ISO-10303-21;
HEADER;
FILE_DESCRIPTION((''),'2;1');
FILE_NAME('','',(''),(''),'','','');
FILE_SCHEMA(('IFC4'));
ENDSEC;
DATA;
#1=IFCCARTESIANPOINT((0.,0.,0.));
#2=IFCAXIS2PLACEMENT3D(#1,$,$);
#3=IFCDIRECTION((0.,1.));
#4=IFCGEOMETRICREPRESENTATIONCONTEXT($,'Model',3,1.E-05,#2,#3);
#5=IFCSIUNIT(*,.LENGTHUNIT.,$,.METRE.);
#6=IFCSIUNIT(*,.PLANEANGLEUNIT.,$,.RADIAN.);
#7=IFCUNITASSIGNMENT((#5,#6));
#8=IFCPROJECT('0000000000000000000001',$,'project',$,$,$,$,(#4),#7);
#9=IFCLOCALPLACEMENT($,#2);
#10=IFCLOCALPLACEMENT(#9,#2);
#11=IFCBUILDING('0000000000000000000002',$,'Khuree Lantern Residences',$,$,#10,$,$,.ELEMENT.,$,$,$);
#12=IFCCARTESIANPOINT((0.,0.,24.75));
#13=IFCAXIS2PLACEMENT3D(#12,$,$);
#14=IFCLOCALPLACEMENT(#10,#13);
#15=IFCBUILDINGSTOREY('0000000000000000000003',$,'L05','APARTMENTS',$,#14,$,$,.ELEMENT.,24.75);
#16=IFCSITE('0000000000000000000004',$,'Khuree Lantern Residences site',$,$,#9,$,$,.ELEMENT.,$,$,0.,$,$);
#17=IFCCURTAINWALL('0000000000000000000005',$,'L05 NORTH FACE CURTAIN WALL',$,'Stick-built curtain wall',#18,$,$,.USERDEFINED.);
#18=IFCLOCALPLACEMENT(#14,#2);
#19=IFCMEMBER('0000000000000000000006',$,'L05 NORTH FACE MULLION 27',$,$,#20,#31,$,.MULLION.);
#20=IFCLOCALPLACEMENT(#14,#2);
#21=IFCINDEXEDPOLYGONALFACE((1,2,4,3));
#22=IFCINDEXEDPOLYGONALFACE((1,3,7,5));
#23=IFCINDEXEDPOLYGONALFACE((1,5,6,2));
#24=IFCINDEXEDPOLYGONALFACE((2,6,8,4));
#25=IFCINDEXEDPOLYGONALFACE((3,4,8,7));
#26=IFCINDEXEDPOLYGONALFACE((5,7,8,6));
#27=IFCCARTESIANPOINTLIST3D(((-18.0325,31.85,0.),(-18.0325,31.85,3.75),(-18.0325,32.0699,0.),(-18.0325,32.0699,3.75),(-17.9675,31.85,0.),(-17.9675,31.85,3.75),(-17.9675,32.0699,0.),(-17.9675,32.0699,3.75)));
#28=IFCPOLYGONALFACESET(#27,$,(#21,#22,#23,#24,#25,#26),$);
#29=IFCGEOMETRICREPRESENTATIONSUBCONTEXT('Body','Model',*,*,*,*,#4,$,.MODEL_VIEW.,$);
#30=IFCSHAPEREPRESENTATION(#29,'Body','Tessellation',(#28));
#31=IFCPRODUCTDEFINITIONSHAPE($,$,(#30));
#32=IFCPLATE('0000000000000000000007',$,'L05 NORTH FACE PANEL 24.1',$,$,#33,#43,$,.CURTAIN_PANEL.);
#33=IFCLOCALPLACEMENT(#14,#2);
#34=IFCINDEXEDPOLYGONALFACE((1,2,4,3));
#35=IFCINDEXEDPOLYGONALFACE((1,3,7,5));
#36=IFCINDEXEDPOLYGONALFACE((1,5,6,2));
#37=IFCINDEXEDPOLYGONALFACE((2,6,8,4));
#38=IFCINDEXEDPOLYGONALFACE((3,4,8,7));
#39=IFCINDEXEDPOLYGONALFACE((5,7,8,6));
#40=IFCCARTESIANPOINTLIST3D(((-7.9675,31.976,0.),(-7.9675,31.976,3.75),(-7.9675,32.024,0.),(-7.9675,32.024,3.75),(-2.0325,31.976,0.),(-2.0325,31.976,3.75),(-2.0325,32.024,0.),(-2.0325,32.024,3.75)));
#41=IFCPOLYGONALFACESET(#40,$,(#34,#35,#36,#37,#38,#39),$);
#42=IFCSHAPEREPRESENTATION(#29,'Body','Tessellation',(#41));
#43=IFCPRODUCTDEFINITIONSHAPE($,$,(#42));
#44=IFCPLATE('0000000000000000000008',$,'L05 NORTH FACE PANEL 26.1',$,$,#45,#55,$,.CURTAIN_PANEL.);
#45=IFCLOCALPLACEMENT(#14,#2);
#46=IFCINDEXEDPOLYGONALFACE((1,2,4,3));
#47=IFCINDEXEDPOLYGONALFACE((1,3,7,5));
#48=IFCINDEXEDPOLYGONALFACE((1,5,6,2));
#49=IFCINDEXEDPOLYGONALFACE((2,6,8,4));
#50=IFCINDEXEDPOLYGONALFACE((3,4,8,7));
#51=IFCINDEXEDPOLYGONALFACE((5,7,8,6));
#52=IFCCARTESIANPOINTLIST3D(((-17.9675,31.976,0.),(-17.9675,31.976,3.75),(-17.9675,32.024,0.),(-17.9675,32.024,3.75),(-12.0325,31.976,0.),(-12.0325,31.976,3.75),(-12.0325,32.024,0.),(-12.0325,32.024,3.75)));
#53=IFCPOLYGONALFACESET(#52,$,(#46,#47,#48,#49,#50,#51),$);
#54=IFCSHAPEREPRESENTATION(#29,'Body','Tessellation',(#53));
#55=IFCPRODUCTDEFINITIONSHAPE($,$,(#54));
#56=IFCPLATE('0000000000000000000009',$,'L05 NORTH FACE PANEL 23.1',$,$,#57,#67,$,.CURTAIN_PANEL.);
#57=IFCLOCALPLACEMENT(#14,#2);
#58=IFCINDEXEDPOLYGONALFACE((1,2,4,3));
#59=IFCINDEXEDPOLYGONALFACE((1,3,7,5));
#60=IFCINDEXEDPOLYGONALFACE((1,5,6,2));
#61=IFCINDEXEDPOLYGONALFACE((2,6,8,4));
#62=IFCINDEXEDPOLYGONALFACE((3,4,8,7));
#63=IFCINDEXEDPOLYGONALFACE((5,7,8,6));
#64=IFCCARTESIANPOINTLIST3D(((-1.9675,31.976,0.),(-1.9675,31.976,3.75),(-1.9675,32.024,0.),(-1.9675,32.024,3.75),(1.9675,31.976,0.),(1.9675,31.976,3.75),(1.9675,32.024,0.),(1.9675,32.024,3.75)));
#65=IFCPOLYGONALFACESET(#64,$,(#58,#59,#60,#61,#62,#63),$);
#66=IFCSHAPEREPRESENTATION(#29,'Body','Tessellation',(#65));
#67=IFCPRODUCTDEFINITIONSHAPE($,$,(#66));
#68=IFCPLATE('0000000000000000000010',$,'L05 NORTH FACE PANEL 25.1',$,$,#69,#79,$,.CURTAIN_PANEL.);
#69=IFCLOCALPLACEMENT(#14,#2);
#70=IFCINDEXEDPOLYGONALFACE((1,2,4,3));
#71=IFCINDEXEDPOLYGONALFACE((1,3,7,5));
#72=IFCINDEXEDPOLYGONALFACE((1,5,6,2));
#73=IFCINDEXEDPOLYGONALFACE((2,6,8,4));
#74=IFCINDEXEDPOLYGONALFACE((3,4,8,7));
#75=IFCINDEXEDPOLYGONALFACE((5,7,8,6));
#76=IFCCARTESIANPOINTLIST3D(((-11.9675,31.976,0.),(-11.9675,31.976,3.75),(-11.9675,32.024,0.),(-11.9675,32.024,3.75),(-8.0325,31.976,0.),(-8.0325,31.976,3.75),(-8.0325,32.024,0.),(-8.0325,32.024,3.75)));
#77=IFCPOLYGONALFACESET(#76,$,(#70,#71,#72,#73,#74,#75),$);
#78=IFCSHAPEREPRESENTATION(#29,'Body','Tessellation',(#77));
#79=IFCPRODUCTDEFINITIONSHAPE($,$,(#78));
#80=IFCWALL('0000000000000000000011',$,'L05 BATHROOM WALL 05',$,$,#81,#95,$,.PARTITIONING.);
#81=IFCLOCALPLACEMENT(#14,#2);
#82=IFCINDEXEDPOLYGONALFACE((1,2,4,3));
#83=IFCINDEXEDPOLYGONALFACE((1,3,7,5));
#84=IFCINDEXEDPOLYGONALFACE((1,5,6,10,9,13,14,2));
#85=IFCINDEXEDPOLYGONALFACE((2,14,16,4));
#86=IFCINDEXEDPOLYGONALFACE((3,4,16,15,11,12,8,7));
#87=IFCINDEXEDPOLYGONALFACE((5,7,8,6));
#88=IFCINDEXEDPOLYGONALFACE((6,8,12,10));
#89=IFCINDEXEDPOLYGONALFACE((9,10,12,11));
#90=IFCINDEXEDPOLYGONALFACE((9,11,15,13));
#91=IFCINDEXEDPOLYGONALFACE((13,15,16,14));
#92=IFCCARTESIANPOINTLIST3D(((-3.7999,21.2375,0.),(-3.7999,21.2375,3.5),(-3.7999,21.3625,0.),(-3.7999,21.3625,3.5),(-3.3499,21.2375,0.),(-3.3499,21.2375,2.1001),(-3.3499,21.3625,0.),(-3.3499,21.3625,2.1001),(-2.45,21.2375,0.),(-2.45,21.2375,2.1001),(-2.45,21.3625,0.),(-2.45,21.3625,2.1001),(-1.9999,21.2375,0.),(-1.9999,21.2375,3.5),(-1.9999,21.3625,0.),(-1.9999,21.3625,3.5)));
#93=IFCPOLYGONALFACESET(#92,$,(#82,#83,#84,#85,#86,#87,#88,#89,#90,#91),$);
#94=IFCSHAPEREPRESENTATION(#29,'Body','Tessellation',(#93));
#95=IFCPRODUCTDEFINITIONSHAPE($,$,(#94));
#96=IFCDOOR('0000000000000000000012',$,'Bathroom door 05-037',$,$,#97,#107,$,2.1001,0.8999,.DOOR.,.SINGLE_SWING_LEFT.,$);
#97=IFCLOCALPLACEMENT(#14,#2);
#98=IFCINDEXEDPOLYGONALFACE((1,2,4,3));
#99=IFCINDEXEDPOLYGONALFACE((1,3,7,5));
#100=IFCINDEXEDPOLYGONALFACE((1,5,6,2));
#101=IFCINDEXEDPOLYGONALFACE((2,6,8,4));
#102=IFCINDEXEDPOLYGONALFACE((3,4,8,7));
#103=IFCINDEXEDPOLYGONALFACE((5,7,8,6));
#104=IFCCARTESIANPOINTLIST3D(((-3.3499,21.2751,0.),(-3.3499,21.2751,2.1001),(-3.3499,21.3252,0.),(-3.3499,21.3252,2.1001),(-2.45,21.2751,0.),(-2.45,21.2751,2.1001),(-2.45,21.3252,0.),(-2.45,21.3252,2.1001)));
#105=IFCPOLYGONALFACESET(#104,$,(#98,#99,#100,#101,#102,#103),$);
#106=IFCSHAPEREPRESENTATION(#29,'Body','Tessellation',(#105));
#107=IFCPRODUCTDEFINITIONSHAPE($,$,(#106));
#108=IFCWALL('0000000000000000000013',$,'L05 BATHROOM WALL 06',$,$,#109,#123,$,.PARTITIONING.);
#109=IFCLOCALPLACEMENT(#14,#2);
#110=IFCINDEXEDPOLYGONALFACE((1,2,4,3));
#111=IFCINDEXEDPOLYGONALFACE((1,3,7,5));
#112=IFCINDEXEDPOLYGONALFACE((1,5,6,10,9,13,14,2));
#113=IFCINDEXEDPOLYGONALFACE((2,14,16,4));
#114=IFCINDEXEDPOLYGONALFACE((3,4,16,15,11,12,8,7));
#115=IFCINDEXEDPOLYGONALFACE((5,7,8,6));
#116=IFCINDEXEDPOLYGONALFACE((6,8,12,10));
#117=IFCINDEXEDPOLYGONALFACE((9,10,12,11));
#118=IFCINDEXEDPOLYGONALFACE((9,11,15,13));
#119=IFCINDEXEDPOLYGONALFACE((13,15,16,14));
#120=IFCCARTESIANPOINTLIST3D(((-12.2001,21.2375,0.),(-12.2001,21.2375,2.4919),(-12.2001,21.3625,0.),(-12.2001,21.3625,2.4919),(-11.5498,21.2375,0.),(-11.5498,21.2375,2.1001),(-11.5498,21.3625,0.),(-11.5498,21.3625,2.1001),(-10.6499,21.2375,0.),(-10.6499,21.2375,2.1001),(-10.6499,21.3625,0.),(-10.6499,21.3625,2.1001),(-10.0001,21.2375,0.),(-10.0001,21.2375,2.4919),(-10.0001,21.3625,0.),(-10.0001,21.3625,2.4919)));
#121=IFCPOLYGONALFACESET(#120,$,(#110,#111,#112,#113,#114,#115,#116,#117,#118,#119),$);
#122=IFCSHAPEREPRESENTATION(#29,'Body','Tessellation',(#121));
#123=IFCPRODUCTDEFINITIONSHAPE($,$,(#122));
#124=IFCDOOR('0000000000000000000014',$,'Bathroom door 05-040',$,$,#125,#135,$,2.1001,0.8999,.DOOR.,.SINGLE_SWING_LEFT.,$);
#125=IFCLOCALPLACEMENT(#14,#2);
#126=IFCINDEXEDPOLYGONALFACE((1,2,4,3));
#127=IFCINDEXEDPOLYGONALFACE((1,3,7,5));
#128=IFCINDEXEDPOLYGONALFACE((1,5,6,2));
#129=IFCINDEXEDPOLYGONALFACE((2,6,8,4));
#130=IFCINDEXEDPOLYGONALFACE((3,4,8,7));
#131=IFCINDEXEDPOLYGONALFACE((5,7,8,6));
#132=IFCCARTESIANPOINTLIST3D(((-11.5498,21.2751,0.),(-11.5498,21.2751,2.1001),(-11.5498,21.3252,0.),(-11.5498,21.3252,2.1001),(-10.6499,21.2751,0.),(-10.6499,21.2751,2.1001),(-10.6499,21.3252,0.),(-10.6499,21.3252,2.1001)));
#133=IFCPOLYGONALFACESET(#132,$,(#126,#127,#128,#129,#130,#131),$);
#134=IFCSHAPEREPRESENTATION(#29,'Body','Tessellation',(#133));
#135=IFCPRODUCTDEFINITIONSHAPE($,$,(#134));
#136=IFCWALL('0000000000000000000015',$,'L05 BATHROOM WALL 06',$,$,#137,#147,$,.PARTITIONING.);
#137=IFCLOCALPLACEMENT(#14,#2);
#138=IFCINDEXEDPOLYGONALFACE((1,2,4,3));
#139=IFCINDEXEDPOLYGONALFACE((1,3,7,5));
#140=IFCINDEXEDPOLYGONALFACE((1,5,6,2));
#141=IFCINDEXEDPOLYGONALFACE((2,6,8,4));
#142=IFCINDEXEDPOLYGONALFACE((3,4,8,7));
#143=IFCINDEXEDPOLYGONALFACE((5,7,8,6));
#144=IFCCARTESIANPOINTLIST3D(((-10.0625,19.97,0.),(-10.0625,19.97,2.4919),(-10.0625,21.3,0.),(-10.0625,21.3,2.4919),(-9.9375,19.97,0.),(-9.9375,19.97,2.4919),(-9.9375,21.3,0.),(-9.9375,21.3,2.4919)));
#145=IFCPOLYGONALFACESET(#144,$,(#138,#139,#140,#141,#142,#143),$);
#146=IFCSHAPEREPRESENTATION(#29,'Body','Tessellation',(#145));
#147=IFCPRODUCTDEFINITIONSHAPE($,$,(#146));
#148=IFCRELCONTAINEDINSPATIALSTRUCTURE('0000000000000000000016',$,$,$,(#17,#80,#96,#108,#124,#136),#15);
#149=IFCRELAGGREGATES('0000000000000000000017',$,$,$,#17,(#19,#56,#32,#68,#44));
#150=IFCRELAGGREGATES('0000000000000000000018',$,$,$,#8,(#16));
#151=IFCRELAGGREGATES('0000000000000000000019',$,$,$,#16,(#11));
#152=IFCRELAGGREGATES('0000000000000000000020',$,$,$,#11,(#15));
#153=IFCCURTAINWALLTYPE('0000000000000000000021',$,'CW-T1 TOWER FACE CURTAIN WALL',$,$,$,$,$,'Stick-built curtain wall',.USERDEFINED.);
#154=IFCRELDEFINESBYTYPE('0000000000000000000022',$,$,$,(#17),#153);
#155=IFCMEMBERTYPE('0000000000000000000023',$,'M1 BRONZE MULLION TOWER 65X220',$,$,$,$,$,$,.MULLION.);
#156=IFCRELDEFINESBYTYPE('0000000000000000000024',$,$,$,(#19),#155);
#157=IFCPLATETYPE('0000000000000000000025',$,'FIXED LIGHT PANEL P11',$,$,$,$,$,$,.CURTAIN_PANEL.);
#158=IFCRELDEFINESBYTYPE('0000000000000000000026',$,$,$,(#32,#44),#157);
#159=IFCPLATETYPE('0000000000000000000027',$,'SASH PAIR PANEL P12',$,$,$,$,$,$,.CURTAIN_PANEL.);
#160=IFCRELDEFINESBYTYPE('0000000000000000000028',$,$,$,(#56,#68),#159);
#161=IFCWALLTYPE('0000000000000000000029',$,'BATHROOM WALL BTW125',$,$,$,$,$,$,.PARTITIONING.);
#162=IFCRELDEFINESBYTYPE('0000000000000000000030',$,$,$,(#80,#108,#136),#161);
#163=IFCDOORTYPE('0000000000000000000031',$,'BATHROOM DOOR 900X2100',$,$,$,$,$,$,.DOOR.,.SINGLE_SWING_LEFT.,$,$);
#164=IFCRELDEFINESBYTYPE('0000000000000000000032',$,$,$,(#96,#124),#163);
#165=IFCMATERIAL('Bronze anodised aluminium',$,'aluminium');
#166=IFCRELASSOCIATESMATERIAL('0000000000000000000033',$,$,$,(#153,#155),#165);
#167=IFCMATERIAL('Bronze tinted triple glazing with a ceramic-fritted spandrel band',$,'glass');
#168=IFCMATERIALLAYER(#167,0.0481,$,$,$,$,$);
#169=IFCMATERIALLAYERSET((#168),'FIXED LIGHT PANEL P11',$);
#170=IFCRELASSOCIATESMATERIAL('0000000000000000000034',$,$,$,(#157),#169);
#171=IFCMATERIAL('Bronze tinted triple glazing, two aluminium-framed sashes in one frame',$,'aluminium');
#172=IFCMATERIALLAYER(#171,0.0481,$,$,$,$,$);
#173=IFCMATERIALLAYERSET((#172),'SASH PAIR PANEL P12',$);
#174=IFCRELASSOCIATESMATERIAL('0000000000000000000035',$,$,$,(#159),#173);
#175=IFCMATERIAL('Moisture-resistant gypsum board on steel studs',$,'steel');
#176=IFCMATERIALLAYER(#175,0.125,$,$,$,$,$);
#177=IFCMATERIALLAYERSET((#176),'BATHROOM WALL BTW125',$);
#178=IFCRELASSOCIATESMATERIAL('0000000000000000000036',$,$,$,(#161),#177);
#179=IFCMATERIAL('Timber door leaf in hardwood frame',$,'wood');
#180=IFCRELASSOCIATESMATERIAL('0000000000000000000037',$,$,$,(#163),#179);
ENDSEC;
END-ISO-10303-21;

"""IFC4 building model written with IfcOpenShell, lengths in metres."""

from ifc_helpers import new_model, si_unit, direction, frame, frame_2d, origin, origin_2d, place, context, subcontext, project, spatial, rectangle, extrude, material, layer, layer_set, material_profile, profile_set, type_object, element, fill, aggregate, save


model = new_model("IFC4")

# Units and contexts
model_context = context("Model", 3, precision=1e-05, world=origin(), true_north=direction((0.0, 1.0)))
body_context = subcontext(model_context, "Body", "Model", "MODEL_VIEW")
ifc_project = project(units=[si_unit("LENGTHUNIT", "METRE"), si_unit("PLANEANGLEUNIT", "RADIAN")], contexts=[model_context])

# Site, building, storey
site_placement = place(None, origin())
site = spatial("IfcSite", under=ifc_project, at=site_placement, Name="Khuree Lantern Residences site", CompositionType="ELEMENT", RefElevation=0.0)
building_placement = place(site_placement, origin())
building = spatial("IfcBuilding", under=site, at=building_placement, Name="Khuree Lantern Residences", CompositionType="ELEMENT")
storey_placement = place(building_placement, frame((0.0, 0.0, 24.75)))
storey = spatial("IfcBuildingStorey", under=building, at=storey_placement, Name="L05", Description="APARTMENTS", CompositionType="ELEMENT", Elevation=24.75)

# Curtain wall
ifc_material_1 = material(Name="Bronze anodised aluminium", Category="aluminium")
curtain_wall_type = type_object("IfcCurtainWallType", Name="CW-T1 TOWER FACE CURTAIN WALL", ElementType="Stick-built curtain wall", PredefinedType="USERDEFINED", material=ifc_material_1)
curtain_wall_placement = place(storey_placement, origin())
curtain_wall = element("IfcCurtainWall", 1, at=curtain_wall_placement, inside=storey, type_object=curtain_wall_type, Name="L05 NORTH FACE CURTAIN WALL", ObjectType="Stick-built curtain wall", PredefinedType="USERDEFINED")

# Member
ifc_material_profile_1 = material_profile(ifc_material_1, rectangle(XDim=0.0649, YDim=0.22, at=origin_2d()), Name="M1 65X220")
ifc_profile_set_1 = profile_set([ifc_material_profile_1], Name="Bronze anodised aluminium")
member_type_1 = type_object("IfcMemberType", Name="M1 BRONZE MULLION TOWER 65X220", PredefinedType="MULLION", material=ifc_profile_set_1)
member_1_placement = place(storey_placement, frame((-18.0, 31.96, 0.0), z_axis=(0.0, 0.0, 1.0), x_axis=(-1.0, 0.0, 0.0)))
member_1 = element("IfcMember", 2, at=member_1_placement, type_object=member_type_1, Name="L05 NORTH FACE MULLION 27", PredefinedType="MULLION", context=body_context, shape_type="SweptSolid", body=[
    extrude(rectangle(XDim=0.0649, YDim=0.22, at=origin_2d()), origin(), (0.0, 0.0, 1.0), 3.75),
])

# Plates
ifc_material_2 = material(Name="Bronze tinted triple glazing with a ceramic-fritted spandrel band", Category="glass")
ifc_layer_1 = layer(ifc_material_2, 0.0481)
ifc_layer_set_1 = layer_set([ifc_layer_1], Name="FIXED LIGHT PANEL P11")
plate_type_1 = type_object("IfcPlateType", Name="FIXED LIGHT PANEL P11", PredefinedType="CURTAIN_PANEL", material=ifc_layer_set_1)
plate_1_placement = place(storey_placement, frame((-5.0, 32.0, 0.0), z_axis=(0.0, 0.0, 1.0), x_axis=(-1.0, 0.0, 0.0)))
plate_1 = element("IfcPlate", 3, at=plate_1_placement, type_object=plate_type_1, Name="L05 NORTH FACE PANEL 24.1", PredefinedType="CURTAIN_PANEL", context=body_context, shape_type="SweptSolid", body=[
    extrude(rectangle(XDim=5.9351, YDim=0.0481, at=origin_2d()), origin(), (0.0, 0.0, 1.0), 3.75),
])
plate_2_placement = place(storey_placement, frame((-15.0, 32.0, 0.0), z_axis=(0.0, 0.0, 1.0), x_axis=(-1.0, 0.0, 0.0)))
plate_2 = element("IfcPlate", 4, at=plate_2_placement, type_object=plate_type_1, Name="L05 NORTH FACE PANEL 26.1", PredefinedType="CURTAIN_PANEL", context=body_context, shape_type="SweptSolid", body=[
    extrude(rectangle(XDim=5.9351, YDim=0.0481, at=origin_2d()), origin(), (0.0, 0.0, 1.0), 3.75),
])
ifc_material_3 = material(Name="Bronze tinted triple glazing, two aluminium-framed sashes in one frame", Category="aluminium")
ifc_layer_2 = layer(ifc_material_3, 0.0481)
ifc_layer_set_2 = layer_set([ifc_layer_2], Name="SASH PAIR PANEL P12")
plate_type_2 = type_object("IfcPlateType", Name="SASH PAIR PANEL P12", PredefinedType="CURTAIN_PANEL", material=ifc_layer_set_2)
plate_3_placement = place(storey_placement, frame((0.0, 32.0, 0.0), z_axis=(0.0, 0.0, 1.0), x_axis=(-1.0, 0.0, 0.0)))
plate_3 = element("IfcPlate", 5, at=plate_3_placement, type_object=plate_type_2, Name="L05 NORTH FACE PANEL 23.1", PredefinedType="CURTAIN_PANEL", context=body_context, shape_type="SweptSolid", body=[
    extrude(rectangle(XDim=3.9351, YDim=0.0481, at=origin_2d()), origin(), (0.0, 0.0, 1.0), 3.75),
])
plate_4_placement = place(storey_placement, frame((-10.0, 32.0, 0.0), z_axis=(0.0, 0.0, 1.0), x_axis=(-1.0, 0.0, 0.0)))
plate_4 = element("IfcPlate", 6, at=plate_4_placement, type_object=plate_type_2, Name="L05 NORTH FACE PANEL 25.1", PredefinedType="CURTAIN_PANEL", context=body_context, shape_type="SweptSolid", body=[
    extrude(rectangle(XDim=3.9351, YDim=0.0481, at=origin_2d()), origin(), (0.0, 0.0, 1.0), 3.75),
])
aggregate(curtain_wall, [member_1, plate_3, plate_1, plate_4, plate_2])

# Walls, openings, doors
ifc_material_4 = material(Name="Moisture-resistant gypsum board on steel studs", Category="steel")
ifc_layer_3 = layer(ifc_material_4, 0.125)
ifc_layer_set_3 = layer_set([ifc_layer_3], Name="BATHROOM WALL BTW125")
wall_type_1 = type_object("IfcWallType", Name="BATHROOM WALL BTW125", PredefinedType="PARTITIONING", material=ifc_layer_set_3)
wall_1_placement = place(storey_placement, frame((-2.0, 21.3, 0.0), z_axis=(0.0, 0.0, 1.0), x_axis=(-1.0, 0.0, 0.0)))
wall_1 = element("IfcWall", 7, at=wall_1_placement, inside=storey, type_object=wall_type_1, Name="L05 BATHROOM WALL 05", PredefinedType="PARTITIONING", context=body_context, shape_type="SweptSolid", body=[
    extrude(rectangle(XDim=1.8, YDim=0.125, at=frame_2d((0.8999, 0.0))), origin(), (0.0, 0.0, 1.0), 3.5),
])
opening_1_placement = place(wall_1_placement, frame((0.45, 0.0, 0.0)))
opening_1 = element("IfcOpeningElement", 8, at=opening_1_placement, cuts=wall_1, PredefinedType="OPENING", context=body_context, shape_type="SweptSolid", body=[
    extrude(rectangle(XDim=0.8999, YDim=2.1001, at=frame_2d((0.45, 1.05))), frame((0.0, 0.0725, 0.0), z_axis=(0.0, -1.0, 0.0), x_axis=(1.0, 0.0, 0.0)), (0.0, 0.0, 1.0), 0.145),
])
ifc_material_5 = material(Name="Timber door leaf in hardwood frame", Category="wood")
door_type_1 = type_object("IfcDoorType", Name="BATHROOM DOOR 900X2100", OperationType="SINGLE_SWING_LEFT", PredefinedType="DOOR", material=ifc_material_5)
door_1_placement = place(opening_1_placement, origin())
door_1 = element("IfcDoor", 9, at=door_1_placement, inside=storey, type_object=door_type_1, Name="Bathroom door 05-037", OperationType="SINGLE_SWING_LEFT", OverallHeight=2.1001, OverallWidth=0.8999, PredefinedType="DOOR", context=body_context, shape_type="SweptSolid", body=[
    extrude(rectangle(XDim=0.8999, YDim=2.1001, at=frame_2d((0.45, 1.05))), frame((0.0, 0.0249, 0.0), z_axis=(0.0, -1.0, 0.0), x_axis=(1.0, 0.0, 0.0)), (0.0, 0.0, 1.0), 0.05),
])
fill(opening_1, door_1)
wall_2_placement = place(storey_placement, frame((-10.0, 21.3, 0.0), z_axis=(0.0, 0.0, 1.0), x_axis=(-1.0, 0.0, 0.0)))
wall_2 = element("IfcWall", 10, at=wall_2_placement, inside=storey, type_object=wall_type_1, Name="L05 BATHROOM WALL 06", PredefinedType="PARTITIONING", context=body_context, shape_type="SweptSolid", body=[
    extrude(rectangle(XDim=2.2, YDim=0.125, at=frame_2d((1.1001, 0.0))), origin(), (0.0, 0.0, 1.0), 2.4919),
])
opening_2_placement = place(wall_2_placement, frame((0.6499, 0.0, 0.0)))
opening_2 = element("IfcOpeningElement", 11, at=opening_2_placement, cuts=wall_2, PredefinedType="OPENING", context=body_context, shape_type="SweptSolid", body=[
    extrude(rectangle(XDim=0.8999, YDim=2.1001, at=frame_2d((0.45, 1.05))), frame((0.0, 0.0725, 0.0), z_axis=(0.0, -1.0, 0.0), x_axis=(1.0, 0.0, 0.0)), (0.0, 0.0, 1.0), 0.145),
])
door_2_placement = place(opening_2_placement, origin())
door_2 = element("IfcDoor", 12, at=door_2_placement, inside=storey, type_object=door_type_1, Name="Bathroom door 05-040", OperationType="SINGLE_SWING_LEFT", OverallHeight=2.1001, OverallWidth=0.8999, PredefinedType="DOOR", context=body_context, shape_type="SweptSolid", body=[
    extrude(rectangle(XDim=0.8999, YDim=2.1001, at=frame_2d((0.45, 1.05))), frame((0.0, 0.0249, 0.0), z_axis=(0.0, -1.0, 0.0), x_axis=(1.0, 0.0, 0.0)), (0.0, 0.0, 1.0), 0.05),
])
fill(opening_2, door_2)

# Wall
wall_3_placement = place(storey_placement, frame((-10.0, 19.97, 0.0), z_axis=(0.0, 0.0, 1.0), x_axis=(0.0, 1.0, 0.0)))
element("IfcWall", 13, at=wall_3_placement, inside=storey, type_object=wall_type_1, Name="L05 BATHROOM WALL 06", PredefinedType="PARTITIONING", context=body_context, shape_type="SweptSolid", body=[
    extrude(rectangle(XDim=1.3301, YDim=0.125, at=frame_2d((0.665, 0.0))), origin(), (0.0, 0.0, 1.0), 2.4919),
])

save(model, "model.ifc")
